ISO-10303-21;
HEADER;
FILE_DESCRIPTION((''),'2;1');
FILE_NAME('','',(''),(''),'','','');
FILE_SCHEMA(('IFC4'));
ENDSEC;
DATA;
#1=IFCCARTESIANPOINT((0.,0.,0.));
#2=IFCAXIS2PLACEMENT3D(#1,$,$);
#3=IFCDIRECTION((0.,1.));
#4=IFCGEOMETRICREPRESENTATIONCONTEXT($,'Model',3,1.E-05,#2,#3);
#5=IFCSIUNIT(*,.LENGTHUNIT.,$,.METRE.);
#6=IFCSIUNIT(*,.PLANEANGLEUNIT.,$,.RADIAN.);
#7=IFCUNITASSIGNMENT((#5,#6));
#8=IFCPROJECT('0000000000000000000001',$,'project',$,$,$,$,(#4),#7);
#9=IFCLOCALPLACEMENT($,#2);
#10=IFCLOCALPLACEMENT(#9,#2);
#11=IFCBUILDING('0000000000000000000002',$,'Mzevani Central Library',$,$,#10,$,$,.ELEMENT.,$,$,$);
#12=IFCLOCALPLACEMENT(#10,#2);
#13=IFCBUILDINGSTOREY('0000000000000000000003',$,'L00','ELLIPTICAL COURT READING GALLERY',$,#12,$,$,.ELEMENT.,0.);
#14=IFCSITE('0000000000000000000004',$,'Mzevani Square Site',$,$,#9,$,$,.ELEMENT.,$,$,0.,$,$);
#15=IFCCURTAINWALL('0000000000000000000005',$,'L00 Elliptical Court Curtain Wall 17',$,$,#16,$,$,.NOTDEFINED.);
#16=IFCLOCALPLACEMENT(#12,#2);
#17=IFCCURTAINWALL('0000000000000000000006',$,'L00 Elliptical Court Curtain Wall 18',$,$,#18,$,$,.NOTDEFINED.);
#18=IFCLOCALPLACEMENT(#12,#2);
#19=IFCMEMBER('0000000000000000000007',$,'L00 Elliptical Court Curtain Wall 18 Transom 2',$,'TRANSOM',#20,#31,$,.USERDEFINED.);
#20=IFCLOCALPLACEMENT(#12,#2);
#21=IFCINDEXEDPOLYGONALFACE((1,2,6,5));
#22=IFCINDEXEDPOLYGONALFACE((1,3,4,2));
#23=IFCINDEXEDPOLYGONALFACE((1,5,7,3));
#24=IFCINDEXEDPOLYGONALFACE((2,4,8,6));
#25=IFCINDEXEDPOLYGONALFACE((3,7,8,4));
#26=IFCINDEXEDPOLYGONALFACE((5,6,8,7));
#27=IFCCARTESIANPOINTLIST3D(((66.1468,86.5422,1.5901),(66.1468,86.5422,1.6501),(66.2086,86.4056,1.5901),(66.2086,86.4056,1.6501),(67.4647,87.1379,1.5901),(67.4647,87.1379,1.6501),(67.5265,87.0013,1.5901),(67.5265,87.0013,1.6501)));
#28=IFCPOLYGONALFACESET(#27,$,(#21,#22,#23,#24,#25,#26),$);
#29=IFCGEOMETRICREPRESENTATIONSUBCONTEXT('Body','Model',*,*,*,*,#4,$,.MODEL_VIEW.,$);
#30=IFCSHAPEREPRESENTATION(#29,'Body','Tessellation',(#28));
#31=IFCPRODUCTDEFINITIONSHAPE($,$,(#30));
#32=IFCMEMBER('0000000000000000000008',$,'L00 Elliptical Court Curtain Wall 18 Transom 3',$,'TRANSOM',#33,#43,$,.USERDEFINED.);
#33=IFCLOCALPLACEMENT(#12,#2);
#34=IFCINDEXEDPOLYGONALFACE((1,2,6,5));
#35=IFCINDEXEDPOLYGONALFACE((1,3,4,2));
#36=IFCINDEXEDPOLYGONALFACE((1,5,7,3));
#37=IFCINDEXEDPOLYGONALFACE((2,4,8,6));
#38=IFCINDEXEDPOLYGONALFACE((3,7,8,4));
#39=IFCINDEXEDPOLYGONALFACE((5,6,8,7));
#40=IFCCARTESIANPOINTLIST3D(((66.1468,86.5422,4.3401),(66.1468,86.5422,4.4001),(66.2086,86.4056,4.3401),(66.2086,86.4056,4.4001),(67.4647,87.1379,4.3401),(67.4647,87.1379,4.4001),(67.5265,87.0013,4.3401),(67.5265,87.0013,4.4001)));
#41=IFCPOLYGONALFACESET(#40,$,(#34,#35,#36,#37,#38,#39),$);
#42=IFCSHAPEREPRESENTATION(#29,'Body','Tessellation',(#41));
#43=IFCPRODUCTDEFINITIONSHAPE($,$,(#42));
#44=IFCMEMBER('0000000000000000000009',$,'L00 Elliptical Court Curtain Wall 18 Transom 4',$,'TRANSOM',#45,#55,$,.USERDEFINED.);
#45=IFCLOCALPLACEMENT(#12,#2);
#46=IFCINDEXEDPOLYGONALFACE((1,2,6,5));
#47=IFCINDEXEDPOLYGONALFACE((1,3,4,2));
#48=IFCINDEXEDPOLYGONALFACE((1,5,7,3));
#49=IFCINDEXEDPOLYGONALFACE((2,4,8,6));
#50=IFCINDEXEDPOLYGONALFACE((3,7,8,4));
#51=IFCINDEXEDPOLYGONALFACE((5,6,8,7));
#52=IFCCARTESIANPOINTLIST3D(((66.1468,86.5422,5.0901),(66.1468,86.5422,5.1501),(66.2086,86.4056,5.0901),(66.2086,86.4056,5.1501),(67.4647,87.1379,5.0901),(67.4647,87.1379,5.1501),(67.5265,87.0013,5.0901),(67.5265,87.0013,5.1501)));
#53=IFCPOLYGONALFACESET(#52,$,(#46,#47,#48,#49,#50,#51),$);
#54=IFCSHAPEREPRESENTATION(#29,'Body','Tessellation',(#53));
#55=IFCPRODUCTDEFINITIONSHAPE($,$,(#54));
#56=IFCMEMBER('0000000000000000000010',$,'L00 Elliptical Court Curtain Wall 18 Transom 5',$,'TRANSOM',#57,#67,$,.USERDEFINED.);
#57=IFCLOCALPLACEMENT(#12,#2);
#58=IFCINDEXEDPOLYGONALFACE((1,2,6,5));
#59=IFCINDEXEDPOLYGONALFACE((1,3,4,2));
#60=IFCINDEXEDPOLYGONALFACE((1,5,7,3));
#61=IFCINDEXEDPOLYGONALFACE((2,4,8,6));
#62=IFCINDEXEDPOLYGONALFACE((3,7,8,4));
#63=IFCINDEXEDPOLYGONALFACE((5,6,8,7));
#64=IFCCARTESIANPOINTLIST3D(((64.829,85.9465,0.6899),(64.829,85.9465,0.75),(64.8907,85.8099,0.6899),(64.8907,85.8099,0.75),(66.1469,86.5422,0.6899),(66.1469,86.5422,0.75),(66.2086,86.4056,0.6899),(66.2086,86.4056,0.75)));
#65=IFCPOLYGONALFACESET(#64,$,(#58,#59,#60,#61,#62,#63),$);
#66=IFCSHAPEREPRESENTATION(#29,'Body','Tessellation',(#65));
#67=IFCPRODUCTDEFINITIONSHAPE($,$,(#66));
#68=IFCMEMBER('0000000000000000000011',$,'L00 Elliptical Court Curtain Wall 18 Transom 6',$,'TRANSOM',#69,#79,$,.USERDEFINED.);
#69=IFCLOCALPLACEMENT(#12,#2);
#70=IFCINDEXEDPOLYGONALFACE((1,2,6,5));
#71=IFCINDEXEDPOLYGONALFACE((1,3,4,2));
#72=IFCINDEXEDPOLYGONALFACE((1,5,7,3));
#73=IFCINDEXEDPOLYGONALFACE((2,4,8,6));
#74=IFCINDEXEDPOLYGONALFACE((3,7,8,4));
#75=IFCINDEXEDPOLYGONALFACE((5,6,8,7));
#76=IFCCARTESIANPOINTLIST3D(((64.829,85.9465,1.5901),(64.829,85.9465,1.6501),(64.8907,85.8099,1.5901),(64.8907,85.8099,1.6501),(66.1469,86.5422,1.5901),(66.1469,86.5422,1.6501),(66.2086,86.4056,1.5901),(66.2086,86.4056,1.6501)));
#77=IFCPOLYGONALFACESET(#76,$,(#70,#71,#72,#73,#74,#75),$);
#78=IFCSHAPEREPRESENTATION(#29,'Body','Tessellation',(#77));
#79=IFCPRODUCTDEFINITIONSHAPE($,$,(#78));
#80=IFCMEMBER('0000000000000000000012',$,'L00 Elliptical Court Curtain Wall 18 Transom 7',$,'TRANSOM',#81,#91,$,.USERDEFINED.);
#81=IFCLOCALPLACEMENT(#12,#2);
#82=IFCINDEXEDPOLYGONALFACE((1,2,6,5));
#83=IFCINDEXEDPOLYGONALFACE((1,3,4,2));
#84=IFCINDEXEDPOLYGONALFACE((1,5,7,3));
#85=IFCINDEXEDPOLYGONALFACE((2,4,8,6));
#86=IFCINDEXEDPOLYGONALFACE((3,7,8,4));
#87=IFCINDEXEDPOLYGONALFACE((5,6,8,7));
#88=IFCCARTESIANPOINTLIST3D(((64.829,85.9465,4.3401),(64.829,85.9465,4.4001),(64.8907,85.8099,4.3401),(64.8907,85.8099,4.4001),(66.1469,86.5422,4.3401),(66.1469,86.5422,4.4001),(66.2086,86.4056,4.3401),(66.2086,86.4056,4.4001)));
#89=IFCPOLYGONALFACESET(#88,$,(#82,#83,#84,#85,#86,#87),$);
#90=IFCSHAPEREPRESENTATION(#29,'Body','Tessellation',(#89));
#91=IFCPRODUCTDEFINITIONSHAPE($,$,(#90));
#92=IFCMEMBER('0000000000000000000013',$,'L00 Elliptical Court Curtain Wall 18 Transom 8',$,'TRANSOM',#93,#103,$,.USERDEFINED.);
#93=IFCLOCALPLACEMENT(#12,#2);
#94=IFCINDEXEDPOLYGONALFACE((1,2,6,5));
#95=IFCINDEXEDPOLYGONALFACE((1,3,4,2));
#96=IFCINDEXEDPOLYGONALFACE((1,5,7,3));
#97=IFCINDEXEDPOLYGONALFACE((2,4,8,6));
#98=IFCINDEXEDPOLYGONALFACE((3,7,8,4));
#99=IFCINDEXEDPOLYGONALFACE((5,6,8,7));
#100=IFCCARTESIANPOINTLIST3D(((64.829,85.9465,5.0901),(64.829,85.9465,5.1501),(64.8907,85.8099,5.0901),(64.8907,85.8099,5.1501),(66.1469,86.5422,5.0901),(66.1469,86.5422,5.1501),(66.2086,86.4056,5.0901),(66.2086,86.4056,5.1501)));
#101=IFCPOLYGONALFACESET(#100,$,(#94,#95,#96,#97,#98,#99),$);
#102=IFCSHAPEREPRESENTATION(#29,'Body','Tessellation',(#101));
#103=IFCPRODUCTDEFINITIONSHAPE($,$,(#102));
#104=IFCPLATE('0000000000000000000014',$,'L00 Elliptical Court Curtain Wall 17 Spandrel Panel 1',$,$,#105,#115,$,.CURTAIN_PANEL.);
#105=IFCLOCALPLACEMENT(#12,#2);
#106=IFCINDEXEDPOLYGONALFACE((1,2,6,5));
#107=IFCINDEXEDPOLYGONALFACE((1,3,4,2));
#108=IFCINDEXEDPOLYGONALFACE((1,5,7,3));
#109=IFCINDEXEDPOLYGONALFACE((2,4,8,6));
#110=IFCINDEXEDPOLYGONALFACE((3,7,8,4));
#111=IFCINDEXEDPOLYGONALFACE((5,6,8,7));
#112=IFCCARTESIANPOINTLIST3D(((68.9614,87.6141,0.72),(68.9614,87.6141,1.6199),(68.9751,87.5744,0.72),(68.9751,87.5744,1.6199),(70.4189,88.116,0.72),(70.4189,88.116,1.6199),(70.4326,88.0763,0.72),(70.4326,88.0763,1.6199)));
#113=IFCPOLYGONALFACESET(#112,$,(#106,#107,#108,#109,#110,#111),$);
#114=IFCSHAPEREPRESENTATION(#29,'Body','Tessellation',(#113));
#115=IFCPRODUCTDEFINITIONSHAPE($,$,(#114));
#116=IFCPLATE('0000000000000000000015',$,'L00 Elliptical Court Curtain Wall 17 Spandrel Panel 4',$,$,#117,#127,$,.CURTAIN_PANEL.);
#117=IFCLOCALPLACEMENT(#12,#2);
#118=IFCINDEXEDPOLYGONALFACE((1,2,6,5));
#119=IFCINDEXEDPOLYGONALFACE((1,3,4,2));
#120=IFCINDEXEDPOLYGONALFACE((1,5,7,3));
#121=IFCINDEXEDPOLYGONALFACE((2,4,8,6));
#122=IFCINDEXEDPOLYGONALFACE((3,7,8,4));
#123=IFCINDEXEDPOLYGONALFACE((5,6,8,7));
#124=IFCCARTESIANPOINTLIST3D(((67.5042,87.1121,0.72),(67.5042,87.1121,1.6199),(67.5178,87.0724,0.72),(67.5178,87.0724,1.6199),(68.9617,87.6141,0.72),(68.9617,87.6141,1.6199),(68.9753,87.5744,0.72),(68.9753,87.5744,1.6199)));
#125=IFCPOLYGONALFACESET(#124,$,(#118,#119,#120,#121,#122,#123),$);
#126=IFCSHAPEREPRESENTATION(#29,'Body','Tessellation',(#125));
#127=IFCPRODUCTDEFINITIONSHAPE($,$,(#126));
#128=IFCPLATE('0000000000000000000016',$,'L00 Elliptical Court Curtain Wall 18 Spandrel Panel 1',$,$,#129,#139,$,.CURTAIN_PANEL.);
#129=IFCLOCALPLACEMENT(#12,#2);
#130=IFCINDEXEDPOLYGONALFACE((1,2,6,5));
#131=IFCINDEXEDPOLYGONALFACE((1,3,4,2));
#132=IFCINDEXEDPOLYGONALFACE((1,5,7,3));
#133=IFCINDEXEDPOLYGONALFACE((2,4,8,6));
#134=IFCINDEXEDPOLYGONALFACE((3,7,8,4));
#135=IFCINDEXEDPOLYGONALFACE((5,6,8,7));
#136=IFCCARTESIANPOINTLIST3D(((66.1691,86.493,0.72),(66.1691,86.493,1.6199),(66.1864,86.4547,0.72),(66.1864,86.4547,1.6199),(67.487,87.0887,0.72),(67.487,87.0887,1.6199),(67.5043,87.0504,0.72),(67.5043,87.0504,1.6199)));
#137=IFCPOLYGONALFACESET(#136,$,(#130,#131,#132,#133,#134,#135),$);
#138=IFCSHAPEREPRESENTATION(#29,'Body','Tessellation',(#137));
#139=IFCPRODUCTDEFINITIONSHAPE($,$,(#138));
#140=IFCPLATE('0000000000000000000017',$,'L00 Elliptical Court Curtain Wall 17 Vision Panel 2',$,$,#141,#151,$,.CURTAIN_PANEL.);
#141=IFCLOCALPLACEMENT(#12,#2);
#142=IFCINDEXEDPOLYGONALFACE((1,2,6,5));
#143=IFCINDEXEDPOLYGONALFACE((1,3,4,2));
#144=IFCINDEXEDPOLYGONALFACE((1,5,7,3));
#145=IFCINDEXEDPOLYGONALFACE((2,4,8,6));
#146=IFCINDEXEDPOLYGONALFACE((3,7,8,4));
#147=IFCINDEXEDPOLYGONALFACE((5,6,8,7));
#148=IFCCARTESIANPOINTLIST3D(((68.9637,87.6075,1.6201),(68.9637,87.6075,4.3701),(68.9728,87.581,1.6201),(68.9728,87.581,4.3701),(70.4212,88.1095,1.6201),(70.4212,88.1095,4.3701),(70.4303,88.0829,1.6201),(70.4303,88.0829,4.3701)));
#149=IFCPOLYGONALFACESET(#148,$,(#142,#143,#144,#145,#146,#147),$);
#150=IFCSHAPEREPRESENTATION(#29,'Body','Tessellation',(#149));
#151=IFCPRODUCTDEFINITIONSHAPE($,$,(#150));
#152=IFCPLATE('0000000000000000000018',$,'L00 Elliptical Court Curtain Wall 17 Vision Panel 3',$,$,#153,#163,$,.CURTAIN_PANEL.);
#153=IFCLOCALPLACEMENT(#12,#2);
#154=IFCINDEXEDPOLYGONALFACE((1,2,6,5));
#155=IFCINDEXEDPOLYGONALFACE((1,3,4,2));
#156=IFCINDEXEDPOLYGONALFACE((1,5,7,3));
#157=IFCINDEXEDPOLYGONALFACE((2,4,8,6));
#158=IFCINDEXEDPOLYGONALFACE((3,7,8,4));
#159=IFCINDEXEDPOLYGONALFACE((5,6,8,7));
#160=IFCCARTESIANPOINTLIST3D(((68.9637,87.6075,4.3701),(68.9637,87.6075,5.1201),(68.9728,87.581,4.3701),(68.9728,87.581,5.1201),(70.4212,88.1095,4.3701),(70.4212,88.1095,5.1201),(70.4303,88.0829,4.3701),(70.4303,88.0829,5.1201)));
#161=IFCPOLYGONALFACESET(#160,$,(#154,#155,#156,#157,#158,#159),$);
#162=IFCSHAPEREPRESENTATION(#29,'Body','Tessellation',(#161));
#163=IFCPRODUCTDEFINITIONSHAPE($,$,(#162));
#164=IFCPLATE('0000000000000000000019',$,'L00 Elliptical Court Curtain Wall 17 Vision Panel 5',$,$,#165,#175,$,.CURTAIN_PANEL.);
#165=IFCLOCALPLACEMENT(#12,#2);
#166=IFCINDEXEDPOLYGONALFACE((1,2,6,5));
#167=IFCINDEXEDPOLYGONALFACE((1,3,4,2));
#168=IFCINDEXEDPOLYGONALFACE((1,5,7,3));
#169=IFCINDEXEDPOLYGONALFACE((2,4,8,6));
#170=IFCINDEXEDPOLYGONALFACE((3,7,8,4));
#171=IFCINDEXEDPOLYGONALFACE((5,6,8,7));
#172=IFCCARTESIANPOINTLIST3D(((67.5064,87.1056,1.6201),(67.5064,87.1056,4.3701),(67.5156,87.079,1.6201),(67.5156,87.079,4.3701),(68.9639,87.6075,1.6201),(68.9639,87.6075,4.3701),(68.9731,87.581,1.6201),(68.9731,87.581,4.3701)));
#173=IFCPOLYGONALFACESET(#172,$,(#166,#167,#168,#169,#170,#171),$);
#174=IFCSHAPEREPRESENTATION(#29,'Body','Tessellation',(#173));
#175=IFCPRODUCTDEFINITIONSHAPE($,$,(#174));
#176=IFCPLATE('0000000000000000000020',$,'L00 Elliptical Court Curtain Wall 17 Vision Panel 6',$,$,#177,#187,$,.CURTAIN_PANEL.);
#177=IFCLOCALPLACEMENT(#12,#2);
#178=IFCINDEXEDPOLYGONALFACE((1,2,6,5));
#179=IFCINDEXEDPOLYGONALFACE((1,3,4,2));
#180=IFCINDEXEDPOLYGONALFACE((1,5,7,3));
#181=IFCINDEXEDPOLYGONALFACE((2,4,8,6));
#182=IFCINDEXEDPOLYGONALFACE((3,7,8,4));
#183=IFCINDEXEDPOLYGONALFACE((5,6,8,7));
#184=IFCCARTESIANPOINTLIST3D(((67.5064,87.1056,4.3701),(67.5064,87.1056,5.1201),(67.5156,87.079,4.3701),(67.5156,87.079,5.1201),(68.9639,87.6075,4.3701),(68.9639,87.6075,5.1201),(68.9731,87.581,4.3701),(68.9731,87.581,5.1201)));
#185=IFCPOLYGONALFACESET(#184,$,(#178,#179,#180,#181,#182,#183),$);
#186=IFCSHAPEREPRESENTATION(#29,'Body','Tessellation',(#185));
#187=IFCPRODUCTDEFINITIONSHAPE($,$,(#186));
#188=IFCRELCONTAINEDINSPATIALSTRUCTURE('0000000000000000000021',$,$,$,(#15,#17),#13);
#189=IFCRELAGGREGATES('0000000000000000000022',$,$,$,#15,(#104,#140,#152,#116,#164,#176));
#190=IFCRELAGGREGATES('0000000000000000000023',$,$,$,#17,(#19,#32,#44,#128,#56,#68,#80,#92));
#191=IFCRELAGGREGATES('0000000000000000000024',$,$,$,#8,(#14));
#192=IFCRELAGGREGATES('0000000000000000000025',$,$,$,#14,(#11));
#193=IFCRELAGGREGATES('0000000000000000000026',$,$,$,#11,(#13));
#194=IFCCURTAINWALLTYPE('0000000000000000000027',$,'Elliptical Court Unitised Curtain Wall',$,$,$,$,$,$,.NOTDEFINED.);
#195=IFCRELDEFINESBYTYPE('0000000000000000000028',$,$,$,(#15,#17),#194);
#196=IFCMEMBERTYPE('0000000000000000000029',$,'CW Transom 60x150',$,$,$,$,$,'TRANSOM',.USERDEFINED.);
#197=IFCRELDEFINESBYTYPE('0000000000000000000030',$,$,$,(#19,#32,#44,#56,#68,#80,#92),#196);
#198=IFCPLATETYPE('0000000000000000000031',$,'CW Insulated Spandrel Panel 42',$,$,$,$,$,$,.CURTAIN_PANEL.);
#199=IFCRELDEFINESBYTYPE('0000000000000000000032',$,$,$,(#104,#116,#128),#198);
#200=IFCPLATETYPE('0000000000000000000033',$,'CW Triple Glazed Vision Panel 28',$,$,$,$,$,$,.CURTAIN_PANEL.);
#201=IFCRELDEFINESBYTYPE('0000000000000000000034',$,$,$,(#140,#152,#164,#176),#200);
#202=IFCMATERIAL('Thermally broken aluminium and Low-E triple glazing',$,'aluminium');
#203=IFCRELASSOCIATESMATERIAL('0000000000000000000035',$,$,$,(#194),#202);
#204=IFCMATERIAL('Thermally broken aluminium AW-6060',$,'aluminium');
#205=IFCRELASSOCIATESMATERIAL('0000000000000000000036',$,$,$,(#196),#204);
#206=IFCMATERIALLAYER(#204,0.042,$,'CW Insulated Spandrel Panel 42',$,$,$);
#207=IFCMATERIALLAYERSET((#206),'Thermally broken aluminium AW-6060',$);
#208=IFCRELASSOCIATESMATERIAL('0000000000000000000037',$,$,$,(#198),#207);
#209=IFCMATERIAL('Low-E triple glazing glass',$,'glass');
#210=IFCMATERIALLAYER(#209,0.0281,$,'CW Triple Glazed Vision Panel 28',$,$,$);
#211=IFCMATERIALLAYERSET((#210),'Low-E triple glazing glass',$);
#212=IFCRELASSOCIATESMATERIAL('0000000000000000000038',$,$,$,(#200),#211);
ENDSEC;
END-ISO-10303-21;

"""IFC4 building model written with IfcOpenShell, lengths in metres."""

from ifc_helpers import new_model, si_unit, direction, frame, origin, origin_2d, place, context, subcontext, project, spatial, rectangle, extrude, material, layer, layer_set, material_profile, profile_set, type_object, element, aggregate, save


model = new_model("IFC4")

# Units and contexts
model_context = context("Model", 3, precision=1e-05, world=origin(), true_north=direction((0.0, 1.0)))
body_context = subcontext(model_context, "Body", "Model", "MODEL_VIEW")
ifc_project = project(units=[si_unit("LENGTHUNIT", "METRE"), si_unit("PLANEANGLEUNIT", "RADIAN")], contexts=[model_context])

# Site, building, storey
site_placement = place(None, origin())
site = spatial("IfcSite", under=ifc_project, at=site_placement, Name="Mzevani Square Site", CompositionType="ELEMENT", RefElevation=0.0)
building_placement = place(site_placement, origin())
building = spatial("IfcBuilding", under=site, at=building_placement, Name="Mzevani Central Library", CompositionType="ELEMENT")
storey_placement = place(building_placement, origin())
storey = spatial("IfcBuildingStorey", under=building, at=storey_placement, Name="L00", Description="ELLIPTICAL COURT READING GALLERY", CompositionType="ELEMENT", Elevation=0.0)

# Shared definitions
ifc_material_1 = material(Name="Thermally broken aluminium and Low-E triple glazing", Category="aluminium")
ifc_material_2 = material(Name="Thermally broken aluminium AW-6060", Category="aluminium")

# Curtain wall
curtain_wall_type_1 = type_object("IfcCurtainWallType", Name="Elliptical Court Unitised Curtain Wall", PredefinedType="NOTDEFINED", material=ifc_material_1)
curtain_wall_1_placement = place(storey_placement, origin())
curtain_wall_1 = element("IfcCurtainWall", 1, at=curtain_wall_1_placement, inside=storey, type_object=curtain_wall_type_1, Name="L00 Elliptical Court Curtain Wall 17", PredefinedType="NOTDEFINED")

# Curtain wall
curtain_wall_2_placement = place(storey_placement, origin())
curtain_wall_2 = element("IfcCurtainWall", 2, at=curtain_wall_2_placement, inside=storey, type_object=curtain_wall_type_1, Name="L00 Elliptical Court Curtain Wall 18", PredefinedType="NOTDEFINED")

# Members
ifc_material_profile_1 = material_profile(ifc_material_2, rectangle(XDim=0.1499, YDim=0.0601, at=origin_2d()), Name="ALU T60x150")
ifc_profile_set_1 = profile_set([ifc_material_profile_1], Name="Thermally broken aluminium AW-6060")
member_type_1 = type_object("IfcMemberType", Name="CW Transom 60x150", ElementType="TRANSOM", PredefinedType="USERDEFINED", material=ifc_profile_set_1)
member_1_placement = place(storey_placement, frame((67.4956, 87.0696, 1.6201), z_axis=(-0.911232, -0.411894, 0.0), x_axis=(0.411894, -0.911232, 0.0)))
member_1 = element("IfcMember", 3, at=member_1_placement, type_object=member_type_1, Name="L00 Elliptical Court Curtain Wall 18 Transom 2", ObjectType="TRANSOM", PredefinedType="USERDEFINED", context=body_context, shape_type="SweptSolid", body=[
    extrude(rectangle(XDim=0.1499, YDim=0.0601, at=origin_2d()), origin(), (0.0, 0.0, 1.0), 1.4463),
])
member_2_placement = place(storey_placement, frame((67.4956, 87.0696, 4.3701), z_axis=(-0.911232, -0.411894, 0.0), x_axis=(0.411894, -0.911232, 0.0)))
member_2 = element("IfcMember", 4, at=member_2_placement, type_object=member_type_1, Name="L00 Elliptical Court Curtain Wall 18 Transom 3", ObjectType="TRANSOM", PredefinedType="USERDEFINED", context=body_context, shape_type="SweptSolid", body=[
    extrude(rectangle(XDim=0.1499, YDim=0.0601, at=origin_2d()), origin(), (0.0, 0.0, 1.0), 1.4463),
])
member_3_placement = place(storey_placement, frame((67.4956, 87.0696, 5.1201), z_axis=(-0.911232, -0.411894, 0.0), x_axis=(0.411894, -0.911232, 0.0)))
member_3 = element("IfcMember", 5, at=member_3_placement, type_object=member_type_1, Name="L00 Elliptical Court Curtain Wall 18 Transom 4", ObjectType="TRANSOM", PredefinedType="USERDEFINED", context=body_context, shape_type="SweptSolid", body=[
    extrude(rectangle(XDim=0.1499, YDim=0.0601, at=origin_2d()), origin(), (0.0, 0.0, 1.0), 1.4463),
])
member_4_placement = place(storey_placement, frame((66.1777, 86.4739, 0.72), z_axis=(-0.911232, -0.411894, 0.0), x_axis=(0.411894, -0.911232, 0.0)))
member_4 = element("IfcMember", 6, at=member_4_placement, type_object=member_type_1, Name="L00 Elliptical Court Curtain Wall 18 Transom 5", ObjectType="TRANSOM", PredefinedType="USERDEFINED", context=body_context, shape_type="SweptSolid", body=[
    extrude(rectangle(XDim=0.1499, YDim=0.0601, at=origin_2d()), origin(), (0.0, 0.0, 1.0), 1.4463),
])
member_5_placement = place(storey_placement, frame((66.1777, 86.4739, 1.6201), z_axis=(-0.911232, -0.411894, 0.0), x_axis=(0.411894, -0.911232, 0.0)))
member_5 = element("IfcMember", 7, at=member_5_placement, type_object=member_type_1, Name="L00 Elliptical Court Curtain Wall 18 Transom 6", ObjectType="TRANSOM", PredefinedType="USERDEFINED", context=body_context, shape_type="SweptSolid", body=[
    extrude(rectangle(XDim=0.1499, YDim=0.0601, at=origin_2d()), origin(), (0.0, 0.0, 1.0), 1.4463),
])
member_6_placement = place(storey_placement, frame((66.1777, 86.4739, 4.3701), z_axis=(-0.911232, -0.411894, 0.0), x_axis=(0.411894, -0.911232, 0.0)))
member_6 = element("IfcMember", 8, at=member_6_placement, type_object=member_type_1, Name="L00 Elliptical Court Curtain Wall 18 Transom 7", ObjectType="TRANSOM", PredefinedType="USERDEFINED", context=body_context, shape_type="SweptSolid", body=[
    extrude(rectangle(XDim=0.1499, YDim=0.0601, at=origin_2d()), origin(), (0.0, 0.0, 1.0), 1.4463),
])
member_7_placement = place(storey_placement, frame((66.1777, 86.4739, 5.1201), z_axis=(-0.911232, -0.411894, 0.0), x_axis=(0.411894, -0.911232, 0.0)))
member_7 = element("IfcMember", 9, at=member_7_placement, type_object=member_type_1, Name="L00 Elliptical Court Curtain Wall 18 Transom 8", ObjectType="TRANSOM", PredefinedType="USERDEFINED", context=body_context, shape_type="SweptSolid", body=[
    extrude(rectangle(XDim=0.1499, YDim=0.0601, at=origin_2d()), origin(), (0.0, 0.0, 1.0), 1.4463),
])

# Plates
ifc_layer_1 = layer(ifc_material_2, 0.042, Name="CW Insulated Spandrel Panel 42")
ifc_layer_set_1 = layer_set([ifc_layer_1], Name="Thermally broken aluminium AW-6060")
plate_type_1 = type_object("IfcPlateType", Name="CW Insulated Spandrel Panel 42", PredefinedType="CURTAIN_PANEL", material=ifc_layer_set_1)
plate_1_placement = place(storey_placement, frame((69.697, 87.8452, 0.72), z_axis=(0.0, 0.0, 1.0), x_axis=(-0.945503, -0.325613, 0.0)))
plate_1 = element("IfcPlate", 10, at=plate_1_placement, type_object=plate_type_1, Name="L00 Elliptical Court Curtain Wall 17 Spandrel Panel 1", PredefinedType="CURTAIN_PANEL", context=body_context, shape_type="SweptSolid", body=[
    extrude(rectangle(XDim=1.5415, YDim=0.042, at=origin_2d()), origin(), (0.0, 0.0, 1.0), 0.8999),
])
plate_2_placement = place(storey_placement, frame((68.2397, 87.3433, 0.72), z_axis=(0.0, 0.0, 1.0), x_axis=(-0.945503, -0.325613, 0.0)))
plate_2 = element("IfcPlate", 11, at=plate_2_placement, type_object=plate_type_1, Name="L00 Elliptical Court Curtain Wall 17 Spandrel Panel 4", PredefinedType="CURTAIN_PANEL", context=body_context, shape_type="SweptSolid", body=[
    extrude(rectangle(XDim=1.5415, YDim=0.042, at=origin_2d()), origin(), (0.0, 0.0, 1.0), 0.8999),
])
plate_3_placement = place(storey_placement, frame((66.8367, 86.7717, 0.72), z_axis=(0.0, 0.0, 1.0), x_axis=(-0.911237, -0.411882, 0.0)))
plate_3 = element("IfcPlate", 12, at=plate_3_placement, type_object=plate_type_1, Name="L00 Elliptical Court Curtain Wall 18 Spandrel Panel 1", PredefinedType="CURTAIN_PANEL", context=body_context, shape_type="SweptSolid", body=[
    extrude(rectangle(XDim=1.4463, YDim=0.042, at=origin_2d()), origin(), (0.0, 0.0, 1.0), 0.8999),
])
ifc_material_3 = material(Name="Low-E triple glazing glass", Category="glass")
ifc_layer_2 = layer(ifc_material_3, 0.0281, Name="CW Triple Glazed Vision Panel 28")
ifc_layer_set_2 = layer_set([ifc_layer_2], Name="Low-E triple glazing glass")
plate_type_2 = type_object("IfcPlateType", Name="CW Triple Glazed Vision Panel 28", PredefinedType="CURTAIN_PANEL", material=ifc_layer_set_2)
plate_4_placement = place(storey_placement, frame((69.697, 87.8452, 1.6201), z_axis=(0.0, 0.0, 1.0), x_axis=(-0.945503, -0.325613, 0.0)))
plate_4 = element("IfcPlate", 13, at=plate_4_placement, type_object=plate_type_2, Name="L00 Elliptical Court Curtain Wall 17 Vision Panel 2", PredefinedType="CURTAIN_PANEL", context=body_context, shape_type="SweptSolid", body=[
    extrude(rectangle(XDim=1.5415, YDim=0.0281, at=origin_2d()), origin(), (0.0, 0.0, 1.0), 2.75),
])
plate_5_placement = place(storey_placement, frame((69.697, 87.8452, 4.3701), z_axis=(0.0, 0.0, 1.0), x_axis=(-0.945503, -0.325613, 0.0)))
plate_5 = element("IfcPlate", 14, at=plate_5_placement, type_object=plate_type_2, Name="L00 Elliptical Court Curtain Wall 17 Vision Panel 3", PredefinedType="CURTAIN_PANEL", context=body_context, shape_type="SweptSolid", body=[
    extrude(rectangle(XDim=1.5415, YDim=0.0281, at=origin_2d()), origin(), (0.0, 0.0, 1.0), 0.75),
])
plate_6_placement = place(storey_placement, frame((68.2397, 87.3433, 1.6201), z_axis=(0.0, 0.0, 1.0), x_axis=(-0.945503, -0.325613, 0.0)))
plate_6 = element("IfcPlate", 15, at=plate_6_placement, type_object=plate_type_2, Name="L00 Elliptical Court Curtain Wall 17 Vision Panel 5", PredefinedType="CURTAIN_PANEL", context=body_context, shape_type="SweptSolid", body=[
    extrude(rectangle(XDim=1.5415, YDim=0.0281, at=origin_2d()), origin(), (0.0, 0.0, 1.0), 2.75),
])
plate_7_placement = place(storey_placement, frame((68.2397, 87.3433, 4.3701), z_axis=(0.0, 0.0, 1.0), x_axis=(-0.945503, -0.325613, 0.0)))
plate_7 = element("IfcPlate", 16, at=plate_7_placement, type_object=plate_type_2, Name="L00 Elliptical Court Curtain Wall 17 Vision Panel 6", PredefinedType="CURTAIN_PANEL", context=body_context, shape_type="SweptSolid", body=[
    extrude(rectangle(XDim=1.5415, YDim=0.0281, at=origin_2d()), origin(), (0.0, 0.0, 1.0), 0.75),
])
aggregate(curtain_wall_1, [plate_1, plate_4, plate_5, plate_2, plate_6, plate_7])
aggregate(curtain_wall_2, [member_1, member_2, member_3, plate_3, member_4, member_5, member_6, member_7])

save(model, "model.ifc")
